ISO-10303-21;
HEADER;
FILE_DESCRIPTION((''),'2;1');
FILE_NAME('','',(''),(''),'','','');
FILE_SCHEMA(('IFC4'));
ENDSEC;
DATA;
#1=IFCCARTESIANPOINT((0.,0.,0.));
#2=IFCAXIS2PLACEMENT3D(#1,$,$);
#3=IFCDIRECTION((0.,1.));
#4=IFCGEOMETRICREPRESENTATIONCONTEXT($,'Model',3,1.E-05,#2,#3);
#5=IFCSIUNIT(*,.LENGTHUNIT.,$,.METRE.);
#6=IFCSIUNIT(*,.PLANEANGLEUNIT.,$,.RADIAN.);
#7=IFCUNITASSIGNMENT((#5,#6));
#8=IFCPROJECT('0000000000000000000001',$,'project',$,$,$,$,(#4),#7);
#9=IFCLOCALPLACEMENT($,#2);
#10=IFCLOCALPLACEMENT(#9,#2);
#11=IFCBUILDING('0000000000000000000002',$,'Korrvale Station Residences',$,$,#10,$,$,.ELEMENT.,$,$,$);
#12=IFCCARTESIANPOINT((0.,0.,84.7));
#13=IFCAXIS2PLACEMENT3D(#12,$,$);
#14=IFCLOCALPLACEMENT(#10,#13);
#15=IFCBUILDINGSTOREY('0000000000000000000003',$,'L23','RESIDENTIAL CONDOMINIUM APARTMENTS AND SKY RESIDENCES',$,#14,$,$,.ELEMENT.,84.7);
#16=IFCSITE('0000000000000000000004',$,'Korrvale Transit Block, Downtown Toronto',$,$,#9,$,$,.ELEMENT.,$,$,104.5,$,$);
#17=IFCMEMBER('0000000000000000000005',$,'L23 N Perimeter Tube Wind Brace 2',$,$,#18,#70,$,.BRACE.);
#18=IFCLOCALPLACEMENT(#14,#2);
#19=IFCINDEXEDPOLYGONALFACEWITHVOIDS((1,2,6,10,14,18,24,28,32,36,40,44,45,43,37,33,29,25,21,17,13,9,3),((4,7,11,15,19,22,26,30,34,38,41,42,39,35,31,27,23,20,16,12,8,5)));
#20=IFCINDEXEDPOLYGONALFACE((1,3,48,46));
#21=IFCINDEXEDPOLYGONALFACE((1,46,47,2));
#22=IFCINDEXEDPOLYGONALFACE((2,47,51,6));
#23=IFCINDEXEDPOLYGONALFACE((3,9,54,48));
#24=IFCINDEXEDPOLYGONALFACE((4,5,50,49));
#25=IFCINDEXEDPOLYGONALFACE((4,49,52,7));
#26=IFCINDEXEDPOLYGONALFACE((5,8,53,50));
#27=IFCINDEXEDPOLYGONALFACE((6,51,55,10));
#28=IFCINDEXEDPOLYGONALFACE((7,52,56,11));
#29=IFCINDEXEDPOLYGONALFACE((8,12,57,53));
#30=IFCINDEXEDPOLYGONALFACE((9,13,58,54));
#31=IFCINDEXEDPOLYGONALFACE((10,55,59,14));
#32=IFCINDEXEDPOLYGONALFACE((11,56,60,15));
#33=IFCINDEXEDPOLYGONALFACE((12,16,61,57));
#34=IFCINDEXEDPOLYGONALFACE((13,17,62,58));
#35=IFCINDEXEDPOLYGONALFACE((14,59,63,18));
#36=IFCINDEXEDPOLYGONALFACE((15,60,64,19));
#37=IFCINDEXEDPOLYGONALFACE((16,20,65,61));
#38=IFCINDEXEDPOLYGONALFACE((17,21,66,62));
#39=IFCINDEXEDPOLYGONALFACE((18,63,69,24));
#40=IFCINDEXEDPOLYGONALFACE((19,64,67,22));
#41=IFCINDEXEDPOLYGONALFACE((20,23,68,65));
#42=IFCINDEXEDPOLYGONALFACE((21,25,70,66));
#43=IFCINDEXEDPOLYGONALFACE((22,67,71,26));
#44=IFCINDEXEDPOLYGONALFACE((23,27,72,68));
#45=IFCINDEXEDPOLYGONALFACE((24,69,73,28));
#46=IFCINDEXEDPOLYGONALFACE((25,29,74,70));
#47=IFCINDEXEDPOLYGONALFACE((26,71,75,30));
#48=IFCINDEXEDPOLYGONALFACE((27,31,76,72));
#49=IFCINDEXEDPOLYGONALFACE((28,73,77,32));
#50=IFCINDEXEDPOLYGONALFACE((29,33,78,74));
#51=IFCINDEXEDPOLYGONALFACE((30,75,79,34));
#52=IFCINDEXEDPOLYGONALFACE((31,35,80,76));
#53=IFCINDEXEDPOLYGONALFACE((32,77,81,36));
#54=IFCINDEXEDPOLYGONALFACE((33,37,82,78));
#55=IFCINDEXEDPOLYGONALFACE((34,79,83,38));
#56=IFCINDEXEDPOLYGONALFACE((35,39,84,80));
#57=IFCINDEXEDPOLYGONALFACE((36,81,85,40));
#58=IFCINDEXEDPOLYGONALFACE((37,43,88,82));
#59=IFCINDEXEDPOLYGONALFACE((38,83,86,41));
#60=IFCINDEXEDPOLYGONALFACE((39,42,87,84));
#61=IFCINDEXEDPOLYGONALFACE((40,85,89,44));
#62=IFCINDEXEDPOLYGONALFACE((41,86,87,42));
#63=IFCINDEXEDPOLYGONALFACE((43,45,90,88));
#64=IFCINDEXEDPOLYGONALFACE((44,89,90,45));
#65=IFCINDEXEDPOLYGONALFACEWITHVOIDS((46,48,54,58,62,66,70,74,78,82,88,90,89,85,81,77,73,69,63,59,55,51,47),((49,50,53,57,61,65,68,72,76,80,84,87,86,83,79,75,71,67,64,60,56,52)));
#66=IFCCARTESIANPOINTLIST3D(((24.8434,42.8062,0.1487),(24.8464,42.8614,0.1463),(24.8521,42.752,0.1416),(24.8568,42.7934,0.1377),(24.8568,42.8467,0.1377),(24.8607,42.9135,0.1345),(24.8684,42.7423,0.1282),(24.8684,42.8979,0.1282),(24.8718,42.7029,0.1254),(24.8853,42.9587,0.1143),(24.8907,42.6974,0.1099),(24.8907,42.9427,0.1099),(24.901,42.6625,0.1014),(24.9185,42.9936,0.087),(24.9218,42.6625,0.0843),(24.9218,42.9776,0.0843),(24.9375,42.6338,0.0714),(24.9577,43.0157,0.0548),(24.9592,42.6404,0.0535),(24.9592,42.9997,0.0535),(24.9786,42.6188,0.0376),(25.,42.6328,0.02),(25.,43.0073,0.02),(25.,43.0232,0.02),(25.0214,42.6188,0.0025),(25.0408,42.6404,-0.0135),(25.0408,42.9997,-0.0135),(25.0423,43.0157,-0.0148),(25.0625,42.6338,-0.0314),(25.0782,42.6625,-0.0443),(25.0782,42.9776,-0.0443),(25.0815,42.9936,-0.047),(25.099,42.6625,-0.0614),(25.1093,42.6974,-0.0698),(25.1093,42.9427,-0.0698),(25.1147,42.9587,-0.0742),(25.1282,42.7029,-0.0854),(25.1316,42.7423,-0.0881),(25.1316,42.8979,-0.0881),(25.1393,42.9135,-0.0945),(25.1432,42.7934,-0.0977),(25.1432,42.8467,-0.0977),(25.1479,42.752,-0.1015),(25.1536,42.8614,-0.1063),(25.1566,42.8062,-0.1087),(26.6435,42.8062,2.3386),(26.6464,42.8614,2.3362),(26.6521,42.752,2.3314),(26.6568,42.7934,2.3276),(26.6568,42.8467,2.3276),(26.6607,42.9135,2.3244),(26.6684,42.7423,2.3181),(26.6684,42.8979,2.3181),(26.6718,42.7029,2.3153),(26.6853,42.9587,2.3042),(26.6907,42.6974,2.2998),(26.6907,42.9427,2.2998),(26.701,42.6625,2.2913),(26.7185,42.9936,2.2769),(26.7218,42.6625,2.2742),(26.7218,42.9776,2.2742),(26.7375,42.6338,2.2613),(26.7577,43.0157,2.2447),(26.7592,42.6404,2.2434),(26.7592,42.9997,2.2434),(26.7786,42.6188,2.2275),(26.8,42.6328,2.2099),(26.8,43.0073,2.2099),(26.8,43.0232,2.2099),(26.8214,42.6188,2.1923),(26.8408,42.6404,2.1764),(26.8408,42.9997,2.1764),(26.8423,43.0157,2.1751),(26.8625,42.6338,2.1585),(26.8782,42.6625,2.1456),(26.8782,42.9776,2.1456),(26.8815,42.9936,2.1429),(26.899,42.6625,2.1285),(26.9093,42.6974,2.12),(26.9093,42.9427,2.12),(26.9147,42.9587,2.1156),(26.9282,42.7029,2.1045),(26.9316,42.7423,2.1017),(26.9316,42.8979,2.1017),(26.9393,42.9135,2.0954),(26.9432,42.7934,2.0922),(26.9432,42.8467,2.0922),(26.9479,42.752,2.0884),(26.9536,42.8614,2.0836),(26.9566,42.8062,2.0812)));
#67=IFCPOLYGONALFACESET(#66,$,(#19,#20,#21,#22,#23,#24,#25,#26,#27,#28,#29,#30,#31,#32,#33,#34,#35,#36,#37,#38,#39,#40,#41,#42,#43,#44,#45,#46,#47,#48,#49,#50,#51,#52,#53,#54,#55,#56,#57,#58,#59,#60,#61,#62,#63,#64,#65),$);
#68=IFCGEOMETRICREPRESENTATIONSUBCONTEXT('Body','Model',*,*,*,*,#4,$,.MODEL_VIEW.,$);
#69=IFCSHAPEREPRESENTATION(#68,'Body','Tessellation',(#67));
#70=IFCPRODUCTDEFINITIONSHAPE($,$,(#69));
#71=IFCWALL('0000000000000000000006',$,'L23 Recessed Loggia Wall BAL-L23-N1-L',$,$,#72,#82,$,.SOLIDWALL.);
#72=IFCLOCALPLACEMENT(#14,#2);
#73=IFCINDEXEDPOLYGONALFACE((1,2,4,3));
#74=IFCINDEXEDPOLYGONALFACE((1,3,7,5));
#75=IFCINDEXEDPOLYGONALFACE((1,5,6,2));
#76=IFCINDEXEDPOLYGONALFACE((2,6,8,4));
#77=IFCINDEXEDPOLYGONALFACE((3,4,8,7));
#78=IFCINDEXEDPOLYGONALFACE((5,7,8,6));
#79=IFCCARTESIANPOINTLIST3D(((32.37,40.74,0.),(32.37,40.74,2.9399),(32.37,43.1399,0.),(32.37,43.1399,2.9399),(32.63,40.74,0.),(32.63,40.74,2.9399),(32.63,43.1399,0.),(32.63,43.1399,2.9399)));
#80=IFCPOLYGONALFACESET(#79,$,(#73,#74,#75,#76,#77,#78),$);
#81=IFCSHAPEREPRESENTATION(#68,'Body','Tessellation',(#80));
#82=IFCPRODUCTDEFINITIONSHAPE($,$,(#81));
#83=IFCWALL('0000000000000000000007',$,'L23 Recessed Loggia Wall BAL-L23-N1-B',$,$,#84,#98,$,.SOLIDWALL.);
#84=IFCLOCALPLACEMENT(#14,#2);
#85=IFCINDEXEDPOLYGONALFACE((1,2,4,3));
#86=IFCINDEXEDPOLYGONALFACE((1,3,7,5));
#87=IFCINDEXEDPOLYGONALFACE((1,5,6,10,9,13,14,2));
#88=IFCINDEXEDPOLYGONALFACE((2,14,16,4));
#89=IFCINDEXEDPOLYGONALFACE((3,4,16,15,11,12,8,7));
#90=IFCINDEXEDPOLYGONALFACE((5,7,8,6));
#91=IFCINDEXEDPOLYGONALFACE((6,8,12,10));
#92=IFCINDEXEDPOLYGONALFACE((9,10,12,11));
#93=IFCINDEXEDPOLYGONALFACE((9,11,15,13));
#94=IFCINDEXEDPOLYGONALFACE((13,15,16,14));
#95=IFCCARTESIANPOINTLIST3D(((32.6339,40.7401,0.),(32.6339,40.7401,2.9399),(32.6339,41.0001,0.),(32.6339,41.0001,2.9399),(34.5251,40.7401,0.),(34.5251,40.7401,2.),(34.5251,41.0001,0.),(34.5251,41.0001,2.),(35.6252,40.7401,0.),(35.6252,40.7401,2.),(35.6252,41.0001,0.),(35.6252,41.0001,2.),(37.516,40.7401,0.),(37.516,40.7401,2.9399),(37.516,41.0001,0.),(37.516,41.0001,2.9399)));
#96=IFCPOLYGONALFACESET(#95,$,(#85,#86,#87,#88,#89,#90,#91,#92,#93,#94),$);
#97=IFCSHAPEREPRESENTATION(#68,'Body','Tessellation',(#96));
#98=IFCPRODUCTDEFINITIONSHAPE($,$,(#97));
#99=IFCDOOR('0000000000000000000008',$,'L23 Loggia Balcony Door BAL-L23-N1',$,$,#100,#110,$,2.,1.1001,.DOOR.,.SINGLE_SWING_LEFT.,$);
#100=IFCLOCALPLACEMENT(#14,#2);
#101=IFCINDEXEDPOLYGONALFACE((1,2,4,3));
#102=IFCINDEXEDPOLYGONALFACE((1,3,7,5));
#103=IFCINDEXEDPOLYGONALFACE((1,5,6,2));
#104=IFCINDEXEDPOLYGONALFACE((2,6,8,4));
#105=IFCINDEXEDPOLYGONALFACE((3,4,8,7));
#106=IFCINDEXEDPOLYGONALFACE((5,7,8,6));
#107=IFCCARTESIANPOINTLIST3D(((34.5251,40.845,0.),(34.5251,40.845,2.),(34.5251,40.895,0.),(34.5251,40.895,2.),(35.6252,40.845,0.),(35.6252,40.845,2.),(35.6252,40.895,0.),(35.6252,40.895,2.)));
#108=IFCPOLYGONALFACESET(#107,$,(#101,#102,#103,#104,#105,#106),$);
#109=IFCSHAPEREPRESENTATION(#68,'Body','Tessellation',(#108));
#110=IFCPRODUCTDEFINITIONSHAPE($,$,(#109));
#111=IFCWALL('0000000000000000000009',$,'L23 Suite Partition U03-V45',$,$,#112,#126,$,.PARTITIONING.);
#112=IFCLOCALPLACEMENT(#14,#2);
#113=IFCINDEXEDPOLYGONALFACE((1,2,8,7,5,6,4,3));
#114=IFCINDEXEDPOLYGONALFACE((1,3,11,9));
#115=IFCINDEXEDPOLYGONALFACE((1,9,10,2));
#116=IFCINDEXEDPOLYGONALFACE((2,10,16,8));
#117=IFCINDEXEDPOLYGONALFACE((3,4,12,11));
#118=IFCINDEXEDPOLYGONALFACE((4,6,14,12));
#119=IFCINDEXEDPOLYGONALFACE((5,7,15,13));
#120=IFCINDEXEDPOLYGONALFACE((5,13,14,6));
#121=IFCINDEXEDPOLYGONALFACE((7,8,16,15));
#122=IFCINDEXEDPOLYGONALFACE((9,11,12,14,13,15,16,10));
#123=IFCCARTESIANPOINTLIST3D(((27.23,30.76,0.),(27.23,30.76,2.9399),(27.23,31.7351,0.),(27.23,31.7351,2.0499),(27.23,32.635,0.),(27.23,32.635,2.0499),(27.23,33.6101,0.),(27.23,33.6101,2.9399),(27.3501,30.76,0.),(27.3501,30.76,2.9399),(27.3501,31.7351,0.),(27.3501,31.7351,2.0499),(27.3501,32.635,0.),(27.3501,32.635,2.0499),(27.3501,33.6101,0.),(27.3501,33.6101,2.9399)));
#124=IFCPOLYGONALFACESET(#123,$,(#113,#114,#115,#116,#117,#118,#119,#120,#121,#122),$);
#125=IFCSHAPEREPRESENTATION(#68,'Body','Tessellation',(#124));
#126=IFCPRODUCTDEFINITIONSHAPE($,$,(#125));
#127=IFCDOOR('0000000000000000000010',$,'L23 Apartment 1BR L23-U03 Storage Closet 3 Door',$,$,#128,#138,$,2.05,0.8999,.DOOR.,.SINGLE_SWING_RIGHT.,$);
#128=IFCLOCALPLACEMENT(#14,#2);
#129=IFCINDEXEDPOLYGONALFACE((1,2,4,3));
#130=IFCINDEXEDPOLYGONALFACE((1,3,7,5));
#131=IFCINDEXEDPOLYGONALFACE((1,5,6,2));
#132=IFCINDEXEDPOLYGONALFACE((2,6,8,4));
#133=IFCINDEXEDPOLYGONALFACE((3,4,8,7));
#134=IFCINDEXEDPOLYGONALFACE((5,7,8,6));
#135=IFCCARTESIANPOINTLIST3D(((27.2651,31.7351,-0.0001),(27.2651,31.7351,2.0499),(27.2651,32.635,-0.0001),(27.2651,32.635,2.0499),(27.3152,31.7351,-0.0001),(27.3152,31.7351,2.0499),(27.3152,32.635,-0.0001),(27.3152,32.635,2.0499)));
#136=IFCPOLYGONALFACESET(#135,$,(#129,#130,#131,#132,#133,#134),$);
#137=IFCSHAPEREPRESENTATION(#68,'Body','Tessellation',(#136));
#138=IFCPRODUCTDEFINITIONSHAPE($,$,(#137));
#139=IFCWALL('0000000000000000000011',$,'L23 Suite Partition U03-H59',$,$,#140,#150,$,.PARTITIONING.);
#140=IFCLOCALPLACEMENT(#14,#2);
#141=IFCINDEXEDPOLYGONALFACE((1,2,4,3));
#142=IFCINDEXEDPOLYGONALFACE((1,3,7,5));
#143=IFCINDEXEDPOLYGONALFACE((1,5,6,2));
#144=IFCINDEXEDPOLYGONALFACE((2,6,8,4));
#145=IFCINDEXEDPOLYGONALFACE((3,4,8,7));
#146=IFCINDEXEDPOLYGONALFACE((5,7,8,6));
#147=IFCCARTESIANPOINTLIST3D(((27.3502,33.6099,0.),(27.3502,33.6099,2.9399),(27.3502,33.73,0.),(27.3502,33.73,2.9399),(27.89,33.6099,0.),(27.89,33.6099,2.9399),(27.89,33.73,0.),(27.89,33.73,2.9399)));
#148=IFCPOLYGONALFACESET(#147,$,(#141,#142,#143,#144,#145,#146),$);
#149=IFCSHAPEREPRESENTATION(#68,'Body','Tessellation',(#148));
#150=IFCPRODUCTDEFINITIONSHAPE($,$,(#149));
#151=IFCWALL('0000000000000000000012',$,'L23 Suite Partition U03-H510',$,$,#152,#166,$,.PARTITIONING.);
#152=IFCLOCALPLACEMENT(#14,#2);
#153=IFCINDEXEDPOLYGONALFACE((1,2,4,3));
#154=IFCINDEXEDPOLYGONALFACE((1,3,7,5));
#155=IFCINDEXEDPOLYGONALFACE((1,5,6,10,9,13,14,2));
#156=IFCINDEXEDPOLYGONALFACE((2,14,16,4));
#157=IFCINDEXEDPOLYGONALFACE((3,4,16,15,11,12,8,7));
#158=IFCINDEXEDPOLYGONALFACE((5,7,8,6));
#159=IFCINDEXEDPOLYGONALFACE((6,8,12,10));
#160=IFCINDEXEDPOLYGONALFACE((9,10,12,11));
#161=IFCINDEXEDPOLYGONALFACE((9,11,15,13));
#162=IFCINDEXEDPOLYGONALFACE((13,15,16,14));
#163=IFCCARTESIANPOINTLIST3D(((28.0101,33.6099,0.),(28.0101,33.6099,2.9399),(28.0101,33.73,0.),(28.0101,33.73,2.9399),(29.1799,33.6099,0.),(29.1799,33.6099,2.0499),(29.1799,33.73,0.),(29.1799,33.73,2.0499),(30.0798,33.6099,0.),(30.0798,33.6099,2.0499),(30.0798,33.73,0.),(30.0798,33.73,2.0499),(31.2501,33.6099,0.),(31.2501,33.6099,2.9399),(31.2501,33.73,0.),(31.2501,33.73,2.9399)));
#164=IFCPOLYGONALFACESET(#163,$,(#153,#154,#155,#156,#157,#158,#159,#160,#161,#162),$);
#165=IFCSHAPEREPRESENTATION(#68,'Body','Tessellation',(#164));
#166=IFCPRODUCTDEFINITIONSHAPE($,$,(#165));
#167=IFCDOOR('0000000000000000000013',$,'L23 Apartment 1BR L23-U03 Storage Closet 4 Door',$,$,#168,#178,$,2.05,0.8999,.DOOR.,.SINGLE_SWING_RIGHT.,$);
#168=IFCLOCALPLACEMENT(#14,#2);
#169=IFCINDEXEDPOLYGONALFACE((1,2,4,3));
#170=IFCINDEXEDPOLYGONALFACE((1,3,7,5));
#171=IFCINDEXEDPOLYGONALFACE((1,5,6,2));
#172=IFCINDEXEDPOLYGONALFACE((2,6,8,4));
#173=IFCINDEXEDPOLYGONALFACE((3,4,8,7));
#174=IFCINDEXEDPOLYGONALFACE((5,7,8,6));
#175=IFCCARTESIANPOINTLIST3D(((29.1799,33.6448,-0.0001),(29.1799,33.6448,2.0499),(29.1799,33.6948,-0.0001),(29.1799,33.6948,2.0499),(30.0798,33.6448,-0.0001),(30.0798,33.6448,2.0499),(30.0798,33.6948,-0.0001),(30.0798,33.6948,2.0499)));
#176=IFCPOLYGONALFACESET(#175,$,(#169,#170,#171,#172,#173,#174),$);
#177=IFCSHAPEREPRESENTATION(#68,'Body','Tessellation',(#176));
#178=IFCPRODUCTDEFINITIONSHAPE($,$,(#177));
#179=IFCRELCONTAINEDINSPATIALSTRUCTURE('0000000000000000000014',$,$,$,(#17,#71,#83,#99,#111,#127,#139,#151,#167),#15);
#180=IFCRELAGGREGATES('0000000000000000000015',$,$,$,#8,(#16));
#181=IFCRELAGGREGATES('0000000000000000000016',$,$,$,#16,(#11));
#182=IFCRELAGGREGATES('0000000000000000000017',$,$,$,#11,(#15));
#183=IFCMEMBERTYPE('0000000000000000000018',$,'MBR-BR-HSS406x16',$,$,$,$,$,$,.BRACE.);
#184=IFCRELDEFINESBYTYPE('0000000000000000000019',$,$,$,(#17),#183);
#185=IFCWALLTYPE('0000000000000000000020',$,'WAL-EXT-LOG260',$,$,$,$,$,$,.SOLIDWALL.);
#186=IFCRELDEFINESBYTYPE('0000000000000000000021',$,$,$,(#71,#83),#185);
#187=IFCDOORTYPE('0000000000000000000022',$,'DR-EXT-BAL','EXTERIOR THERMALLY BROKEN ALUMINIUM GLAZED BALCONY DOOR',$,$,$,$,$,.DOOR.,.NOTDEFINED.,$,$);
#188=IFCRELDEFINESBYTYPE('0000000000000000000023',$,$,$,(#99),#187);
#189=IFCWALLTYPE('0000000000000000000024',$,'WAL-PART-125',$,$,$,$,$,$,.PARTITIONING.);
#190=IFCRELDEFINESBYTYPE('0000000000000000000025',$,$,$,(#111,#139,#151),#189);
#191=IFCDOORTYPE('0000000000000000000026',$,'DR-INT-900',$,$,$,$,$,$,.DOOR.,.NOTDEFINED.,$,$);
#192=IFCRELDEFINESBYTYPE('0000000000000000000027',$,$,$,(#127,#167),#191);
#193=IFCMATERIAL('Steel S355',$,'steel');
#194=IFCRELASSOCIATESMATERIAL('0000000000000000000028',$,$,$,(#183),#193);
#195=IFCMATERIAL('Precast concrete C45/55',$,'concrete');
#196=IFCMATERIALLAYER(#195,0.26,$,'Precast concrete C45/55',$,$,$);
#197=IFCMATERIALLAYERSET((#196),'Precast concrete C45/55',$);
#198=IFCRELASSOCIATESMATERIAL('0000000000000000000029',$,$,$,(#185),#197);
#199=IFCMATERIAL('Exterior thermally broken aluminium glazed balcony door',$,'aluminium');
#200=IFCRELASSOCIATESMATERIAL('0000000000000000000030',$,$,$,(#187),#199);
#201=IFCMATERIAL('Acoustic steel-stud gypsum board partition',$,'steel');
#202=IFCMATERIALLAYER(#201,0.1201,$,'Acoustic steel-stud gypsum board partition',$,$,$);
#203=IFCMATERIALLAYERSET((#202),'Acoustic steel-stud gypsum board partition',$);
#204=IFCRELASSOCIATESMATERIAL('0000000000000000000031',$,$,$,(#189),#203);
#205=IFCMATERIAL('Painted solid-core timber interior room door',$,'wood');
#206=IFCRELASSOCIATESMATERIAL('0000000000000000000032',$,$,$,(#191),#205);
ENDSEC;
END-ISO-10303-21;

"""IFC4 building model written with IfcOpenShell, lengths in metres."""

from ifc_helpers import new_model, si_unit, direction, frame, frame_2d, origin, origin_2d, place, context, subcontext, project, spatial, rectangle, hollow_circle, extrude, material, layer, layer_set, material_profile, profile_set, type_object, element, fill, save


model = new_model("IFC4")

# Units and contexts
model_context = context("Model", 3, precision=1e-05, world=origin(), true_north=direction((0.0, 1.0)))
body_context = subcontext(model_context, "Body", "Model", "MODEL_VIEW")
ifc_project = project(units=[si_unit("LENGTHUNIT", "METRE"), si_unit("PLANEANGLEUNIT", "RADIAN")], contexts=[model_context])

# Site, building, storey
site_placement = place(None, origin())
site = spatial("IfcSite", under=ifc_project, at=site_placement, Name="Korrvale Transit Block, Downtown Toronto", CompositionType="ELEMENT", RefElevation=104.5)
building_placement = place(site_placement, origin())
building = spatial("IfcBuilding", under=site, at=building_placement, Name="Korrvale Station Residences", CompositionType="ELEMENT")
storey_placement = place(building_placement, frame((0.0, 0.0, 84.7)))
storey = spatial("IfcBuildingStorey", under=building, at=storey_placement, Name="L23", Description="RESIDENTIAL CONDOMINIUM APARTMENTS AND SKY RESIDENCES", CompositionType="ELEMENT", Elevation=84.7)

# Shared definitions
ifc_material_1 = material(Name="Steel S355", Category="steel")

# Member
ifc_material_profile_1 = material_profile(ifc_material_1, hollow_circle(Radius=0.2031, WallThickness=0.0159, at=origin_2d()), Name="HSS406x16")
ifc_profile_set_1 = profile_set([ifc_material_profile_1], Name="Steel S355")
member_type = type_object("IfcMemberType", Name="MBR-BR-HSS406x16", PredefinedType="BRACE", material=ifc_profile_set_1)
for number, where, z_axis, x_axis, name in (
    (1, (25.0, 42.8201, 0.02), (0.634985, 0.0, 0.772524), (0.0, 1.0, 0.0), "L23 N Perimeter Tube Wind Brace 2"),
):
    element("IfcMember", number, at=place(storey_placement, frame(where, z_axis=z_axis, x_axis=x_axis)), inside=storey, type_object=member_type, Name=name, PredefinedType="BRACE", context=body_context, shape_type="SweptSolid", body=[
        extrude(hollow_circle(Radius=0.2031, WallThickness=0.0159, at=origin_2d()), origin(), (0.0, 0.0, 1.0), 2.8347),
    ])

# Wall
ifc_material_2 = material(Name="Precast concrete C45/55", Category="concrete")
ifc_layer_1 = layer(ifc_material_2, 0.26, Name="Precast concrete C45/55")
ifc_layer_set_1 = layer_set([ifc_layer_1], Name="Precast concrete C45/55")
wall_type_1 = type_object("IfcWallType", Name="WAL-EXT-LOG260", PredefinedType="SOLIDWALL", material=ifc_layer_set_1)
wall_1_placement = place(storey_placement, frame((32.5, 43.1399, 0.0), z_axis=(0.0, 0.0, 1.0), x_axis=(0.0, -1.0, 0.0)))
element("IfcWall", 2, at=wall_1_placement, inside=storey, type_object=wall_type_1, Name="L23 Recessed Loggia Wall BAL-L23-N1-L", PredefinedType="SOLIDWALL", context=body_context, shape_type="SweptSolid", body=[
    extrude(rectangle(XDim=2.3999, YDim=0.26, at=frame_2d((1.2, 0.0))), origin(), (0.0, 0.0, 1.0), 2.9399),
])

# Walls, openings, doors
wall_2_placement = place(storey_placement, frame((32.634, 40.8701, 0.0), z_axis=(0.0, 0.0, 1.0), x_axis=(1.0, 0.0, 0.0)))
wall_2 = element("IfcWall", 3, at=wall_2_placement, inside=storey, type_object=wall_type_1, Name="L23 Recessed Loggia Wall BAL-L23-N1-B", PredefinedType="SOLIDWALL", context=body_context, shape_type="SweptSolid", body=[
    extrude(rectangle(XDim=4.8821, YDim=0.26, at=frame_2d((2.4409, 0.0))), origin(), (0.0, 0.0, 1.0), 2.9399),
])
opening_1_placement = place(wall_2_placement, frame((1.8911, 0.0, 0.0)))
opening_1 = element("IfcOpeningElement", 4, at=opening_1_placement, cuts=wall_2, PredefinedType="OPENING", context=body_context, shape_type="SweptSolid", body=[
    extrude(rectangle(XDim=1.1001, YDim=2.0, at=frame_2d((0.55, 1.0))), frame((0.0, 0.1401, 0.0), z_axis=(0.0, -1.0, 0.0), x_axis=(1.0, 0.0, 0.0)), (0.0, 0.0, 1.0), 0.28),
])
ifc_material_3 = material(Name="Exterior thermally broken aluminium glazed balcony door", Category="aluminium")
door_type_1 = type_object("IfcDoorType", Name="DR-EXT-BAL", Description="EXTERIOR THERMALLY BROKEN ALUMINIUM GLAZED BALCONY DOOR", OperationType="NOTDEFINED", PredefinedType="DOOR", material=ifc_material_3)
door_1_placement = place(opening_1_placement, origin())
door_1 = element("IfcDoor", 5, at=door_1_placement, inside=storey, type_object=door_type_1, Name="L23 Loggia Balcony Door BAL-L23-N1", OperationType="SINGLE_SWING_LEFT", OverallHeight=2.0, OverallWidth=1.1001, PredefinedType="DOOR", context=body_context, shape_type="SweptSolid", body=[
    extrude(rectangle(XDim=1.1001, YDim=2.0, at=frame_2d((0.55, 1.0))), frame((0.0, 0.0249, 0.0), z_axis=(0.0, -1.0, 0.0), x_axis=(1.0, 0.0, 0.0)), (0.0, 0.0, 1.0), 0.05),
])
fill(opening_1, door_1)
ifc_material_4 = material(Name="Acoustic steel-stud gypsum board partition", Category="steel")
ifc_layer_2 = layer(ifc_material_4, 0.1201, Name="Acoustic steel-stud gypsum board partition")
ifc_layer_set_2 = layer_set([ifc_layer_2], Name="Acoustic steel-stud gypsum board partition")
wall_type_2 = type_object("IfcWallType", Name="WAL-PART-125", PredefinedType="PARTITIONING", material=ifc_layer_set_2)
wall_3_placement = place(storey_placement, frame((27.29, 30.76, 0.0), z_axis=(0.0, 0.0, 1.0), x_axis=(0.0, 1.0, 0.0)))
wall_3 = element("IfcWall", 6, at=wall_3_placement, inside=storey, type_object=wall_type_2, Name="L23 Suite Partition U03-V45", PredefinedType="PARTITIONING", context=body_context, shape_type="SweptSolid", body=[
    extrude(rectangle(XDim=2.8501, YDim=0.1201, at=frame_2d((1.425, 0.0))), origin(), (0.0, 0.0, 1.0), 2.9399),
])
opening_2_placement = place(wall_3_placement, frame((0.9751, 0.0, 0.0)))
opening_2 = element("IfcOpeningElement", 7, at=opening_2_placement, cuts=wall_3, PredefinedType="OPENING", context=body_context, shape_type="SweptSolid", body=[
    extrude(rectangle(XDim=0.8999, YDim=2.05, at=frame_2d((0.45, 1.0249))), frame((0.0, 0.0701, 0.0), z_axis=(0.0, -1.0, 0.0), x_axis=(1.0, 0.0, 0.0)), (0.0, 0.0, 1.0), 0.1401),
])
ifc_material_5 = material(Name="Painted solid-core timber interior room door", Category="wood")
door_type_2 = type_object("IfcDoorType", Name="DR-INT-900", OperationType="NOTDEFINED", PredefinedType="DOOR", material=ifc_material_5)
door_2_placement = place(opening_2_placement, origin())
door_2 = element("IfcDoor", 8, at=door_2_placement, inside=storey, type_object=door_type_2, Name="L23 Apartment 1BR L23-U03 Storage Closet 3 Door", OperationType="SINGLE_SWING_RIGHT", OverallHeight=2.05, OverallWidth=0.8999, PredefinedType="DOOR", context=body_context, shape_type="SweptSolid", body=[
    extrude(rectangle(XDim=0.8999, YDim=2.05, at=frame_2d((0.45, 1.0249))), frame((0.0, 0.0249, 0.0), z_axis=(0.0, -1.0, 0.0), x_axis=(1.0, 0.0, 0.0)), (0.0, 0.0, 1.0), 0.05),
])
fill(opening_2, door_2)

# Wall
wall_4_placement = place(storey_placement, frame((27.3501, 33.6699, 0.0), z_axis=(0.0, 0.0, 1.0), x_axis=(1.0, 0.0, 0.0)))
element("IfcWall", 9, at=wall_4_placement, inside=storey, type_object=wall_type_2, Name="L23 Suite Partition U03-H59", PredefinedType="PARTITIONING", context=body_context, shape_type="SweptSolid", body=[
    extrude(rectangle(XDim=0.5398, YDim=0.1201, at=frame_2d((0.27, 0.0))), origin(), (0.0, 0.0, 1.0), 2.9399),
])

# Wall, opening, door
wall_5_placement = place(storey_placement, frame((28.01, 33.6699, 0.0), z_axis=(0.0, 0.0, 1.0), x_axis=(1.0, 0.0, 0.0)))
wall_5 = element("IfcWall", 10, at=wall_5_placement, inside=storey, type_object=wall_type_2, Name="L23 Suite Partition U03-H510", PredefinedType="PARTITIONING", context=body_context, shape_type="SweptSolid", body=[
    extrude(rectangle(XDim=3.24, YDim=0.1201, at=frame_2d((1.6201, 0.0))), origin(), (0.0, 0.0, 1.0), 2.9399),
])
opening_3_placement = place(wall_5_placement, frame((1.1699, 0.0, 0.0)))
opening_3 = element("IfcOpeningElement", 11, at=opening_3_placement, cuts=wall_5, PredefinedType="OPENING", context=body_context, shape_type="SweptSolid", body=[
    extrude(rectangle(XDim=0.8999, YDim=2.05, at=frame_2d((0.45, 1.0249))), frame((0.0, 0.0701, 0.0), z_axis=(0.0, -1.0, 0.0), x_axis=(1.0, 0.0, 0.0)), (0.0, 0.0, 1.0), 0.1401),
])
door_3_placement = place(opening_3_placement, origin())
door_3 = element("IfcDoor", 12, at=door_3_placement, inside=storey, type_object=door_type_2, Name="L23 Apartment 1BR L23-U03 Storage Closet 4 Door", OperationType="SINGLE_SWING_RIGHT", OverallHeight=2.05, OverallWidth=0.8999, PredefinedType="DOOR", context=body_context, shape_type="SweptSolid", body=[
    extrude(rectangle(XDim=0.8999, YDim=2.05, at=frame_2d((0.45, 1.0249))), frame((0.0, 0.0249, 0.0), z_axis=(0.0, -1.0, 0.0), x_axis=(1.0, 0.0, 0.0)), (0.0, 0.0, 1.0), 0.05),
])
fill(opening_3, door_3)

save(model, "model.ifc")
